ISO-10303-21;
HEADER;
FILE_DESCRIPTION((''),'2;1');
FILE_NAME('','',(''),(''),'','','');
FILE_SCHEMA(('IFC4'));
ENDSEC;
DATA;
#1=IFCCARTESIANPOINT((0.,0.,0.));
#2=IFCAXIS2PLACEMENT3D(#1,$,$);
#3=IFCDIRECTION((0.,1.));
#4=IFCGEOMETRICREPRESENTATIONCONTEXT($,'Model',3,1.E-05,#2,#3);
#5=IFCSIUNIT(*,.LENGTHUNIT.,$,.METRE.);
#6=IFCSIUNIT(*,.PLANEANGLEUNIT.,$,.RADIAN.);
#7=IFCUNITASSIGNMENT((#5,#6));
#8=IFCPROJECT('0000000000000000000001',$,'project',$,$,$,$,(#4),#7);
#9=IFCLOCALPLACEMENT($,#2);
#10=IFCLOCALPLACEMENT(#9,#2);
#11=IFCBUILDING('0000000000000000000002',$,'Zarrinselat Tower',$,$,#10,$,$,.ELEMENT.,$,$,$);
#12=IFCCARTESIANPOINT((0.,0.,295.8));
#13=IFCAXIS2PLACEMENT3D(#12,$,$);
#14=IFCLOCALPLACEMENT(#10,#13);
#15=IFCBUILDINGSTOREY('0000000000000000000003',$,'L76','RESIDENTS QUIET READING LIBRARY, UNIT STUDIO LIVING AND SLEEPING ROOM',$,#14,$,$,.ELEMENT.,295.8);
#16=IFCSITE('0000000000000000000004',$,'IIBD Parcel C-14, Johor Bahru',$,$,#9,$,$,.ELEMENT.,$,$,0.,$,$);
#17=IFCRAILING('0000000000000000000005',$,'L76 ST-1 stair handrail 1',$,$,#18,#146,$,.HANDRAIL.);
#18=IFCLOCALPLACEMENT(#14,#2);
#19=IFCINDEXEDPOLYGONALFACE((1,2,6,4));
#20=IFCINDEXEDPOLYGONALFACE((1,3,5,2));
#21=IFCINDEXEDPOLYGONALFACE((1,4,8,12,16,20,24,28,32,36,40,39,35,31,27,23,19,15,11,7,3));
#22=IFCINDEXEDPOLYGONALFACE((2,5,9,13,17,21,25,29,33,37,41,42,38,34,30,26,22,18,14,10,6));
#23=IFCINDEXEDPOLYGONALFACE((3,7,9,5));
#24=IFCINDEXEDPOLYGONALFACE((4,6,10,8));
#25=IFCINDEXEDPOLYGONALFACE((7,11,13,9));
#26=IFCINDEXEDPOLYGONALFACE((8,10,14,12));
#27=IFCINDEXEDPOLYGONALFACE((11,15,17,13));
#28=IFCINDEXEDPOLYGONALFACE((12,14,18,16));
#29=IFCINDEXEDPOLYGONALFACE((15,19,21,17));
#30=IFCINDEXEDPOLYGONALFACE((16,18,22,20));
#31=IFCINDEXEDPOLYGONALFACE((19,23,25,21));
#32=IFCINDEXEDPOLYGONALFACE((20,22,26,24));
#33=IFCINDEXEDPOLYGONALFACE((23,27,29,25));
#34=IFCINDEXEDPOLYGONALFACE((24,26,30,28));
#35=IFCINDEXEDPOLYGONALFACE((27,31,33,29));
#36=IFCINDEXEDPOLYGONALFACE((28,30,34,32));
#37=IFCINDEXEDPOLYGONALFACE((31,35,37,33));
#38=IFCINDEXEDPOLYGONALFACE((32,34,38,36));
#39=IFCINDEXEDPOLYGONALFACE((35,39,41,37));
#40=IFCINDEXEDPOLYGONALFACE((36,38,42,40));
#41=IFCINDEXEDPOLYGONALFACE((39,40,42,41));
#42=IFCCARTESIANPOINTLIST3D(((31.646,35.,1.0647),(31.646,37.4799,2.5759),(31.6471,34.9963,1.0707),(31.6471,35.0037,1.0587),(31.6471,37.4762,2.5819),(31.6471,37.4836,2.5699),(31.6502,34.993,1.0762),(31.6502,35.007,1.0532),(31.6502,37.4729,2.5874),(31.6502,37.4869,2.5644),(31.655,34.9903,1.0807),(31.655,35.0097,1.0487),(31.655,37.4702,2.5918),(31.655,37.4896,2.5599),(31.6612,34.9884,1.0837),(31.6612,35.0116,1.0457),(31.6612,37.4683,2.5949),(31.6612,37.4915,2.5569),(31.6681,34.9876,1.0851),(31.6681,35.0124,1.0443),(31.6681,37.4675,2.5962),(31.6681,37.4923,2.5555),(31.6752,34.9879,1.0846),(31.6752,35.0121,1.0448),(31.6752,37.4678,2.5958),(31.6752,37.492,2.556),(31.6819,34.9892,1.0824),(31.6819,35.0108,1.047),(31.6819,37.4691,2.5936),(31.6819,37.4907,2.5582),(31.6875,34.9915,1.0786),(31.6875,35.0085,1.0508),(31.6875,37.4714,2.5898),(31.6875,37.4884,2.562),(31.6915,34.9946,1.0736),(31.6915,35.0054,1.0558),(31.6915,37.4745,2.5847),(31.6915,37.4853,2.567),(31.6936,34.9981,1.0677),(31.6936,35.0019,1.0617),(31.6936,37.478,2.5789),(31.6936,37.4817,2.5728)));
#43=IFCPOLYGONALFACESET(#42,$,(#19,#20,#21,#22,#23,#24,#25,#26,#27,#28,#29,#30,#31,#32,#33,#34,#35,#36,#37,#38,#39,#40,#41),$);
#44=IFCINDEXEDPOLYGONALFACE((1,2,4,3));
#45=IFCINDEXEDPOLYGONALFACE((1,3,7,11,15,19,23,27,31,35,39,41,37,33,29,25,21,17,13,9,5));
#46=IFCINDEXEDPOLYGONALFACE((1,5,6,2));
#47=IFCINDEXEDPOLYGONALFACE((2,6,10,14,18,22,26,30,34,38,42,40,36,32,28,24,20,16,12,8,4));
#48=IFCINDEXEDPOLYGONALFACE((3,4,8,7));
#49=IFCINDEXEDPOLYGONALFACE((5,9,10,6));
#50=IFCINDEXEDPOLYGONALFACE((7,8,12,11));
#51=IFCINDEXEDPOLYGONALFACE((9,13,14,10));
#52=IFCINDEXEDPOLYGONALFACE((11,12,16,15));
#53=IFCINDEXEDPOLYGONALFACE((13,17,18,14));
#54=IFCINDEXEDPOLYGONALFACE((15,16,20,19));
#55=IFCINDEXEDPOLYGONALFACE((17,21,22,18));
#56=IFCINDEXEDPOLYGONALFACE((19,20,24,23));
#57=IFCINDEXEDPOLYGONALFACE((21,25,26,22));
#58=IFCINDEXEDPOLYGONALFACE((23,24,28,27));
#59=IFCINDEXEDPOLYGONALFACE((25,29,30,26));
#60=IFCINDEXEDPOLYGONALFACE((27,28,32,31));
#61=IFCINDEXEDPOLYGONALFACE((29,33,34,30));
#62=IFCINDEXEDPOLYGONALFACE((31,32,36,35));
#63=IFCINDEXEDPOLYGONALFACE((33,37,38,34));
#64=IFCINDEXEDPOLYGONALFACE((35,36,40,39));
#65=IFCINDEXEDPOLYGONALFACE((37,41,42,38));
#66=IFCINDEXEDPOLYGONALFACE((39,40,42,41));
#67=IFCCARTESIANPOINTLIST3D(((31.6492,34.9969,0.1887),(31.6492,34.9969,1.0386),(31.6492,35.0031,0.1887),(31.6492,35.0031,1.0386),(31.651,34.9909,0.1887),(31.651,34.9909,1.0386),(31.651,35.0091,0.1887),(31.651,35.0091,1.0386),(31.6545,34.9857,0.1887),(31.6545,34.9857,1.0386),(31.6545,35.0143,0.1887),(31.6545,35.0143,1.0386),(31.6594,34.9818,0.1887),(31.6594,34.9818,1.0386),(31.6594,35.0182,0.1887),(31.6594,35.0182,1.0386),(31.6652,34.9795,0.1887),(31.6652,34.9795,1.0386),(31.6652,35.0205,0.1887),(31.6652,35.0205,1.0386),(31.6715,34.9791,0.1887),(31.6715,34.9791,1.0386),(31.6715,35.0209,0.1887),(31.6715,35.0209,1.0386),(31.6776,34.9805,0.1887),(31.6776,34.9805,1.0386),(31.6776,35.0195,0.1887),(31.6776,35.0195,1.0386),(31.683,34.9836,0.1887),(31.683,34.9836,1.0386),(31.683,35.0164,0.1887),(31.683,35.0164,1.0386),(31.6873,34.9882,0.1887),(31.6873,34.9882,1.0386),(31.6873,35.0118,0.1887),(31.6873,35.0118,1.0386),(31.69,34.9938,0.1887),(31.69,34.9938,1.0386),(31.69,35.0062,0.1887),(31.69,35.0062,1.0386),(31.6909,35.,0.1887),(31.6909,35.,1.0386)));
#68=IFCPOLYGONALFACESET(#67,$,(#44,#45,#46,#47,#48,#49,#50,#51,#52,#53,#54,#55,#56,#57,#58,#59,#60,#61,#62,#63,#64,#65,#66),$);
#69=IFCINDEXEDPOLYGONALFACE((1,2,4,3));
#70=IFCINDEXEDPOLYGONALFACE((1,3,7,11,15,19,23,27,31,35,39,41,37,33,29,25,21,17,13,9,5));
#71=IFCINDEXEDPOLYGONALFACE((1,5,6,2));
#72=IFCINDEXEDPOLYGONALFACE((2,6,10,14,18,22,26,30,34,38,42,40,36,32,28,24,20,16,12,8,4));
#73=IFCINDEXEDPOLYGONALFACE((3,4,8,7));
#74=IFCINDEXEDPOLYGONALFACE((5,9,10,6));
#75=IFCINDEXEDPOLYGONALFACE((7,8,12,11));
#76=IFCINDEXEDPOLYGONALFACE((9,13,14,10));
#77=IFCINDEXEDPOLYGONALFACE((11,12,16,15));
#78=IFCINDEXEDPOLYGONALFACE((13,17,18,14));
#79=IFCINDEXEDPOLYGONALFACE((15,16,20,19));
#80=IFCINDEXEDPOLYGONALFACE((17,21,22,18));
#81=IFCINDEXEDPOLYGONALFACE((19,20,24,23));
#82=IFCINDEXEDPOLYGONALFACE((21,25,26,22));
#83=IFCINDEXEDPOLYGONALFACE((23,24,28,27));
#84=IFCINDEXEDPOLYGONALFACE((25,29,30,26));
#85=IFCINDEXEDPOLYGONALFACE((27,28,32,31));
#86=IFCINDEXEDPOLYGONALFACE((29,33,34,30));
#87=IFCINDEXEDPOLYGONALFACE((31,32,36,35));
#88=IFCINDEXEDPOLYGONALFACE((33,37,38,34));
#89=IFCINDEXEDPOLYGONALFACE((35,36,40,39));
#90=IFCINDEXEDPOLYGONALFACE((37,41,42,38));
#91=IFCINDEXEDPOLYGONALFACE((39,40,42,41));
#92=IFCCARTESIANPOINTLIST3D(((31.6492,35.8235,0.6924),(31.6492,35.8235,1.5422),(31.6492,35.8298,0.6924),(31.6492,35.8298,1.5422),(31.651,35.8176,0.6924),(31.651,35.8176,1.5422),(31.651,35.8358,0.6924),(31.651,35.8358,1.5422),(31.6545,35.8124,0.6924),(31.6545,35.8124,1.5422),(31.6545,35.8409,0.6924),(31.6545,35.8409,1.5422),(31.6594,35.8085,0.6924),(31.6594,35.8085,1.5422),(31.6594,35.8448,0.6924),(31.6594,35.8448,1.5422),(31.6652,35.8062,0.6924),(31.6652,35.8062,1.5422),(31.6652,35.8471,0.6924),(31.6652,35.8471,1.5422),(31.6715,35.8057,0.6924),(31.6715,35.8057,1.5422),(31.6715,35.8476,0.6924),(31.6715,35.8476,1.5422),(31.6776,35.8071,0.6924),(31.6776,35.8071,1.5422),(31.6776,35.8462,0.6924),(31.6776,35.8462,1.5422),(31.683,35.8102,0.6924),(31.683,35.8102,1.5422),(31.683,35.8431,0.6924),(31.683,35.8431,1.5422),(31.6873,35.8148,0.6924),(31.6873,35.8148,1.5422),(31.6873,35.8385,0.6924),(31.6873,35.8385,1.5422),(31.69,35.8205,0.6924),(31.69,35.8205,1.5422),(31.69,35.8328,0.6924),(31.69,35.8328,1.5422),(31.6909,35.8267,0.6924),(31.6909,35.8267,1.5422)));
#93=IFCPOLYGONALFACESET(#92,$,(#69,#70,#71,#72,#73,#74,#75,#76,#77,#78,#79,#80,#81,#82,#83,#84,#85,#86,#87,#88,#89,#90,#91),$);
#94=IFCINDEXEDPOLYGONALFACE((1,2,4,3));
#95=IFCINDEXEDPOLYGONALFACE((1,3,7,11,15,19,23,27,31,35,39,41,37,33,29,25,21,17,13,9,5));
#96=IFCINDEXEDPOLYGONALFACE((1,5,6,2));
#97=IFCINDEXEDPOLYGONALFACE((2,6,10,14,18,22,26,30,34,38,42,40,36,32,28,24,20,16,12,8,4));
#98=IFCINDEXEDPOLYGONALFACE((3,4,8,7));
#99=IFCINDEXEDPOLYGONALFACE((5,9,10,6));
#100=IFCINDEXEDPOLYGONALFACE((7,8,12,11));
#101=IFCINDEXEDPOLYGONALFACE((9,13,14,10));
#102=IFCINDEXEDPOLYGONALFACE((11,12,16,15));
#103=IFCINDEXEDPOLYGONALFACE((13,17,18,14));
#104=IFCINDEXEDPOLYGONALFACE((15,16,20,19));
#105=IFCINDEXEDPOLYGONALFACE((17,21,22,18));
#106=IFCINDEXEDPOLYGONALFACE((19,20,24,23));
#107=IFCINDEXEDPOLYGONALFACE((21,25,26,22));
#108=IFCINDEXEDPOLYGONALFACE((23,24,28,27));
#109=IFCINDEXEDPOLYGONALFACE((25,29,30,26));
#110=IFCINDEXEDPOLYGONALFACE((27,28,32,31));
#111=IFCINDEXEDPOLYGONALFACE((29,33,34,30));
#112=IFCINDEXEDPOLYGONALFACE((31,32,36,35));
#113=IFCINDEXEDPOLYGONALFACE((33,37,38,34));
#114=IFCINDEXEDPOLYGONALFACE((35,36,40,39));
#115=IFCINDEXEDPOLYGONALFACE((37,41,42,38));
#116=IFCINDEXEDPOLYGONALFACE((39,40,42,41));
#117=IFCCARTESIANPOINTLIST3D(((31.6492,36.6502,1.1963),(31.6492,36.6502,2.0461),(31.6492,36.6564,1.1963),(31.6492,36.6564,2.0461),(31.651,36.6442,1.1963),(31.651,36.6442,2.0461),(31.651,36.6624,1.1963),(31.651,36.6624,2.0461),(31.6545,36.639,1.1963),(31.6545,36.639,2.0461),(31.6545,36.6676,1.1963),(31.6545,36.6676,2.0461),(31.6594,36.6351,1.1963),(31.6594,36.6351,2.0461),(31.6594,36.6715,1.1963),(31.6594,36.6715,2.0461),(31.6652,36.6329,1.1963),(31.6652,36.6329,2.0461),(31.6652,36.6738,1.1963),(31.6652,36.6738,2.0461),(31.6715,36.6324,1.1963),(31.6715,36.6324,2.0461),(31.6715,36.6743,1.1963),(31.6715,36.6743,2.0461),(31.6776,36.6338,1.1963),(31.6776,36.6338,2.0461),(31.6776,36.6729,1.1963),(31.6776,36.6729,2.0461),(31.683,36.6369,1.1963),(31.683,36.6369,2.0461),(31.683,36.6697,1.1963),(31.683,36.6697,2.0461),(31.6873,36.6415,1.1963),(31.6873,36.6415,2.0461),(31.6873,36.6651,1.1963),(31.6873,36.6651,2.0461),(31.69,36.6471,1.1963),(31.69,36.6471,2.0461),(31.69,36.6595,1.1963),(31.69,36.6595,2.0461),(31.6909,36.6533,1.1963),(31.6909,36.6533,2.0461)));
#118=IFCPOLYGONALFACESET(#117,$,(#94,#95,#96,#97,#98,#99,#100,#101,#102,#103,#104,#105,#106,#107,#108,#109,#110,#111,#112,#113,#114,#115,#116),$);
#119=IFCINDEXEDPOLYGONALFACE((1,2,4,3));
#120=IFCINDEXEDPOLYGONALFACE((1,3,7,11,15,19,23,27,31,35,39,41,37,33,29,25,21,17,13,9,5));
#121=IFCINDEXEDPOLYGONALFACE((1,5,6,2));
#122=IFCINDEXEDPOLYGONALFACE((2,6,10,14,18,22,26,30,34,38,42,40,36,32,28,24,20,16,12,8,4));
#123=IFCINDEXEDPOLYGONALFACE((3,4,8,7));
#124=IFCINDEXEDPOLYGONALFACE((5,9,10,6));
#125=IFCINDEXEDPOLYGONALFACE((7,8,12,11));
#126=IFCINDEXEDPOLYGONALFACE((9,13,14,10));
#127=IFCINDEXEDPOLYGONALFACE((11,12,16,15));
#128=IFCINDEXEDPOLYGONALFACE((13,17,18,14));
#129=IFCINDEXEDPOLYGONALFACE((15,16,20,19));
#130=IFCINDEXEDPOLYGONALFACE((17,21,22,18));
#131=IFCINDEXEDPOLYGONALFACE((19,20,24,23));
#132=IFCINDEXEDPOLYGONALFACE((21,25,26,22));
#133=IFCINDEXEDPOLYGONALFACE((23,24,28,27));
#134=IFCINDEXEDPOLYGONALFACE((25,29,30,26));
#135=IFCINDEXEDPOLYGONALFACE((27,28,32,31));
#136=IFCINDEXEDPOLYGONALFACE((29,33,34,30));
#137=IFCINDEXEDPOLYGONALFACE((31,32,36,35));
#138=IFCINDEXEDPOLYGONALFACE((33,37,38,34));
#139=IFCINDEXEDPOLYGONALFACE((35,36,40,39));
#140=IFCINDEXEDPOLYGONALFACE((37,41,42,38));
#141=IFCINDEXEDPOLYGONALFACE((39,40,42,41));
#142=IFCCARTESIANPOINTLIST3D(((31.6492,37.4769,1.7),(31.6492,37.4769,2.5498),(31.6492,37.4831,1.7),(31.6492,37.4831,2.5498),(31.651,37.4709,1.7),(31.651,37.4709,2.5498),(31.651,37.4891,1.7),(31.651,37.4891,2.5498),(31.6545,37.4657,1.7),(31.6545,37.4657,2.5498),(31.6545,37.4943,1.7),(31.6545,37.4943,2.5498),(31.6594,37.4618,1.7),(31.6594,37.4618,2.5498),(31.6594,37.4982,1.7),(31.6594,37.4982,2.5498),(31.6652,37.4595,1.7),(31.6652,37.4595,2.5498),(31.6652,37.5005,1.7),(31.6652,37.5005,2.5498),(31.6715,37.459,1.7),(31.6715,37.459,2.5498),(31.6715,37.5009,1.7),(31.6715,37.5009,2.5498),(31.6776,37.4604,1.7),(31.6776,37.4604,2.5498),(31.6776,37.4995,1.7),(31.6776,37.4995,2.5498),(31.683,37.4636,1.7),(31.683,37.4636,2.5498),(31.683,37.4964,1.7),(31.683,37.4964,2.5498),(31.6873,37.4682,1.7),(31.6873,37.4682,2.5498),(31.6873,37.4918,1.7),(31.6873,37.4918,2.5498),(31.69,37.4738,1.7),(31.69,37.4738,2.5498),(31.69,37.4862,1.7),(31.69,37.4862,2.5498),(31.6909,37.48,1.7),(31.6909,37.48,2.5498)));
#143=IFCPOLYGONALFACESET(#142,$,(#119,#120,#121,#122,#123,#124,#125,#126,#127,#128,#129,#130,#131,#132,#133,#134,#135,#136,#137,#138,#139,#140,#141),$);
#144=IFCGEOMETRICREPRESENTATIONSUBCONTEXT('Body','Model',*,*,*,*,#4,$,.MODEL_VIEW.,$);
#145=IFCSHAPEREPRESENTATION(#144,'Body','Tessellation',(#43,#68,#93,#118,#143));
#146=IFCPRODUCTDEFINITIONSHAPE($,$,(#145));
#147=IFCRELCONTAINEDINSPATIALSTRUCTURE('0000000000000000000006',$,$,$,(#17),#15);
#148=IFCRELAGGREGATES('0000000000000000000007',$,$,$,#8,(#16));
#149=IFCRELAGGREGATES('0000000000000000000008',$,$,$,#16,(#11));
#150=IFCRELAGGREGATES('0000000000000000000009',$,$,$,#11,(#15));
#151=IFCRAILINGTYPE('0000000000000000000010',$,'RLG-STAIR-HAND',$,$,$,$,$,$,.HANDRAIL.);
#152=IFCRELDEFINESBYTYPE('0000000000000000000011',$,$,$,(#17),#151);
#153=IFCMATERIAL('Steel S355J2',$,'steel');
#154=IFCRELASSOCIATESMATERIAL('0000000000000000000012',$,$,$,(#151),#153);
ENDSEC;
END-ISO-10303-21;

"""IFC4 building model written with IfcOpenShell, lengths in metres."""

from ifc_helpers import new_model, si_unit, direction, frame, origin, origin_2d, place, context, subcontext, project, spatial, circle, extrude, material, type_object, element, save


model = new_model("IFC4")

# Units and contexts
model_context = context("Model", 3, precision=1e-05, world=origin(), true_north=direction((0.0, 1.0)))
body_context = subcontext(model_context, "Body", "Model", "MODEL_VIEW")
ifc_project = project(units=[si_unit("LENGTHUNIT", "METRE"), si_unit("PLANEANGLEUNIT", "RADIAN")], contexts=[model_context])

# Site, building, storey
site_placement = place(None, origin())
site = spatial("IfcSite", under=ifc_project, at=site_placement, Name="IIBD Parcel C-14, Johor Bahru", CompositionType="ELEMENT", RefElevation=0.0)
building_placement = place(site_placement, origin())
building = spatial("IfcBuilding", under=site, at=building_placement, Name="Zarrinselat Tower", CompositionType="ELEMENT")
storey_placement = place(building_placement, frame((0.0, 0.0, 295.8)))
storey = spatial("IfcBuildingStorey", under=building, at=storey_placement, Name="L76", Description="RESIDENTS QUIET READING LIBRARY, UNIT STUDIO LIVING AND SLEEPING ROOM", CompositionType="ELEMENT", Elevation=295.8)

# Railing
ifc_material_1 = material(Name="Steel S355J2", Category="steel")
railing_type_1 = type_object("IfcRailingType", Name="RLG-STAIR-HAND", PredefinedType="HANDRAIL", material=ifc_material_1)
railing_1_placement = place(storey_placement, frame((31.6699, 35.0, 0.1887)))
element("IfcRailing", 1, at=railing_1_placement, inside=storey, type_object=railing_type_1, Name="L76 ST-1 stair handrail 1", PredefinedType="HANDRAIL", context=body_context, shape_type="SweptSolid", body=[
    extrude(circle(Radius=0.0239, at=origin_2d()), frame((0.0, 0.0, 0.876), z_axis=(0.0, 0.853942, 0.520368), x_axis=(-1.0, 0.0, 0.0)), (0.0, 0.0, 1.0), 2.9041),
    extrude(circle(Radius=0.021, at=origin_2d()), origin(), (0.0, 0.0, 1.0), 0.8499),
    extrude(circle(Radius=0.021, at=origin_2d()), frame((0.0, 0.8267, 0.5037)), (0.0, 0.0, 1.0), 0.8499),
    extrude(circle(Radius=0.021, at=origin_2d()), frame((0.0, 1.6533, 1.0076)), (0.0, 0.0, 1.0), 0.8499),
    extrude(circle(Radius=0.021, at=origin_2d()), frame((0.0, 2.48, 1.5112)), (0.0, 0.0, 1.0), 0.8499),
])

save(model, "model.ifc")
